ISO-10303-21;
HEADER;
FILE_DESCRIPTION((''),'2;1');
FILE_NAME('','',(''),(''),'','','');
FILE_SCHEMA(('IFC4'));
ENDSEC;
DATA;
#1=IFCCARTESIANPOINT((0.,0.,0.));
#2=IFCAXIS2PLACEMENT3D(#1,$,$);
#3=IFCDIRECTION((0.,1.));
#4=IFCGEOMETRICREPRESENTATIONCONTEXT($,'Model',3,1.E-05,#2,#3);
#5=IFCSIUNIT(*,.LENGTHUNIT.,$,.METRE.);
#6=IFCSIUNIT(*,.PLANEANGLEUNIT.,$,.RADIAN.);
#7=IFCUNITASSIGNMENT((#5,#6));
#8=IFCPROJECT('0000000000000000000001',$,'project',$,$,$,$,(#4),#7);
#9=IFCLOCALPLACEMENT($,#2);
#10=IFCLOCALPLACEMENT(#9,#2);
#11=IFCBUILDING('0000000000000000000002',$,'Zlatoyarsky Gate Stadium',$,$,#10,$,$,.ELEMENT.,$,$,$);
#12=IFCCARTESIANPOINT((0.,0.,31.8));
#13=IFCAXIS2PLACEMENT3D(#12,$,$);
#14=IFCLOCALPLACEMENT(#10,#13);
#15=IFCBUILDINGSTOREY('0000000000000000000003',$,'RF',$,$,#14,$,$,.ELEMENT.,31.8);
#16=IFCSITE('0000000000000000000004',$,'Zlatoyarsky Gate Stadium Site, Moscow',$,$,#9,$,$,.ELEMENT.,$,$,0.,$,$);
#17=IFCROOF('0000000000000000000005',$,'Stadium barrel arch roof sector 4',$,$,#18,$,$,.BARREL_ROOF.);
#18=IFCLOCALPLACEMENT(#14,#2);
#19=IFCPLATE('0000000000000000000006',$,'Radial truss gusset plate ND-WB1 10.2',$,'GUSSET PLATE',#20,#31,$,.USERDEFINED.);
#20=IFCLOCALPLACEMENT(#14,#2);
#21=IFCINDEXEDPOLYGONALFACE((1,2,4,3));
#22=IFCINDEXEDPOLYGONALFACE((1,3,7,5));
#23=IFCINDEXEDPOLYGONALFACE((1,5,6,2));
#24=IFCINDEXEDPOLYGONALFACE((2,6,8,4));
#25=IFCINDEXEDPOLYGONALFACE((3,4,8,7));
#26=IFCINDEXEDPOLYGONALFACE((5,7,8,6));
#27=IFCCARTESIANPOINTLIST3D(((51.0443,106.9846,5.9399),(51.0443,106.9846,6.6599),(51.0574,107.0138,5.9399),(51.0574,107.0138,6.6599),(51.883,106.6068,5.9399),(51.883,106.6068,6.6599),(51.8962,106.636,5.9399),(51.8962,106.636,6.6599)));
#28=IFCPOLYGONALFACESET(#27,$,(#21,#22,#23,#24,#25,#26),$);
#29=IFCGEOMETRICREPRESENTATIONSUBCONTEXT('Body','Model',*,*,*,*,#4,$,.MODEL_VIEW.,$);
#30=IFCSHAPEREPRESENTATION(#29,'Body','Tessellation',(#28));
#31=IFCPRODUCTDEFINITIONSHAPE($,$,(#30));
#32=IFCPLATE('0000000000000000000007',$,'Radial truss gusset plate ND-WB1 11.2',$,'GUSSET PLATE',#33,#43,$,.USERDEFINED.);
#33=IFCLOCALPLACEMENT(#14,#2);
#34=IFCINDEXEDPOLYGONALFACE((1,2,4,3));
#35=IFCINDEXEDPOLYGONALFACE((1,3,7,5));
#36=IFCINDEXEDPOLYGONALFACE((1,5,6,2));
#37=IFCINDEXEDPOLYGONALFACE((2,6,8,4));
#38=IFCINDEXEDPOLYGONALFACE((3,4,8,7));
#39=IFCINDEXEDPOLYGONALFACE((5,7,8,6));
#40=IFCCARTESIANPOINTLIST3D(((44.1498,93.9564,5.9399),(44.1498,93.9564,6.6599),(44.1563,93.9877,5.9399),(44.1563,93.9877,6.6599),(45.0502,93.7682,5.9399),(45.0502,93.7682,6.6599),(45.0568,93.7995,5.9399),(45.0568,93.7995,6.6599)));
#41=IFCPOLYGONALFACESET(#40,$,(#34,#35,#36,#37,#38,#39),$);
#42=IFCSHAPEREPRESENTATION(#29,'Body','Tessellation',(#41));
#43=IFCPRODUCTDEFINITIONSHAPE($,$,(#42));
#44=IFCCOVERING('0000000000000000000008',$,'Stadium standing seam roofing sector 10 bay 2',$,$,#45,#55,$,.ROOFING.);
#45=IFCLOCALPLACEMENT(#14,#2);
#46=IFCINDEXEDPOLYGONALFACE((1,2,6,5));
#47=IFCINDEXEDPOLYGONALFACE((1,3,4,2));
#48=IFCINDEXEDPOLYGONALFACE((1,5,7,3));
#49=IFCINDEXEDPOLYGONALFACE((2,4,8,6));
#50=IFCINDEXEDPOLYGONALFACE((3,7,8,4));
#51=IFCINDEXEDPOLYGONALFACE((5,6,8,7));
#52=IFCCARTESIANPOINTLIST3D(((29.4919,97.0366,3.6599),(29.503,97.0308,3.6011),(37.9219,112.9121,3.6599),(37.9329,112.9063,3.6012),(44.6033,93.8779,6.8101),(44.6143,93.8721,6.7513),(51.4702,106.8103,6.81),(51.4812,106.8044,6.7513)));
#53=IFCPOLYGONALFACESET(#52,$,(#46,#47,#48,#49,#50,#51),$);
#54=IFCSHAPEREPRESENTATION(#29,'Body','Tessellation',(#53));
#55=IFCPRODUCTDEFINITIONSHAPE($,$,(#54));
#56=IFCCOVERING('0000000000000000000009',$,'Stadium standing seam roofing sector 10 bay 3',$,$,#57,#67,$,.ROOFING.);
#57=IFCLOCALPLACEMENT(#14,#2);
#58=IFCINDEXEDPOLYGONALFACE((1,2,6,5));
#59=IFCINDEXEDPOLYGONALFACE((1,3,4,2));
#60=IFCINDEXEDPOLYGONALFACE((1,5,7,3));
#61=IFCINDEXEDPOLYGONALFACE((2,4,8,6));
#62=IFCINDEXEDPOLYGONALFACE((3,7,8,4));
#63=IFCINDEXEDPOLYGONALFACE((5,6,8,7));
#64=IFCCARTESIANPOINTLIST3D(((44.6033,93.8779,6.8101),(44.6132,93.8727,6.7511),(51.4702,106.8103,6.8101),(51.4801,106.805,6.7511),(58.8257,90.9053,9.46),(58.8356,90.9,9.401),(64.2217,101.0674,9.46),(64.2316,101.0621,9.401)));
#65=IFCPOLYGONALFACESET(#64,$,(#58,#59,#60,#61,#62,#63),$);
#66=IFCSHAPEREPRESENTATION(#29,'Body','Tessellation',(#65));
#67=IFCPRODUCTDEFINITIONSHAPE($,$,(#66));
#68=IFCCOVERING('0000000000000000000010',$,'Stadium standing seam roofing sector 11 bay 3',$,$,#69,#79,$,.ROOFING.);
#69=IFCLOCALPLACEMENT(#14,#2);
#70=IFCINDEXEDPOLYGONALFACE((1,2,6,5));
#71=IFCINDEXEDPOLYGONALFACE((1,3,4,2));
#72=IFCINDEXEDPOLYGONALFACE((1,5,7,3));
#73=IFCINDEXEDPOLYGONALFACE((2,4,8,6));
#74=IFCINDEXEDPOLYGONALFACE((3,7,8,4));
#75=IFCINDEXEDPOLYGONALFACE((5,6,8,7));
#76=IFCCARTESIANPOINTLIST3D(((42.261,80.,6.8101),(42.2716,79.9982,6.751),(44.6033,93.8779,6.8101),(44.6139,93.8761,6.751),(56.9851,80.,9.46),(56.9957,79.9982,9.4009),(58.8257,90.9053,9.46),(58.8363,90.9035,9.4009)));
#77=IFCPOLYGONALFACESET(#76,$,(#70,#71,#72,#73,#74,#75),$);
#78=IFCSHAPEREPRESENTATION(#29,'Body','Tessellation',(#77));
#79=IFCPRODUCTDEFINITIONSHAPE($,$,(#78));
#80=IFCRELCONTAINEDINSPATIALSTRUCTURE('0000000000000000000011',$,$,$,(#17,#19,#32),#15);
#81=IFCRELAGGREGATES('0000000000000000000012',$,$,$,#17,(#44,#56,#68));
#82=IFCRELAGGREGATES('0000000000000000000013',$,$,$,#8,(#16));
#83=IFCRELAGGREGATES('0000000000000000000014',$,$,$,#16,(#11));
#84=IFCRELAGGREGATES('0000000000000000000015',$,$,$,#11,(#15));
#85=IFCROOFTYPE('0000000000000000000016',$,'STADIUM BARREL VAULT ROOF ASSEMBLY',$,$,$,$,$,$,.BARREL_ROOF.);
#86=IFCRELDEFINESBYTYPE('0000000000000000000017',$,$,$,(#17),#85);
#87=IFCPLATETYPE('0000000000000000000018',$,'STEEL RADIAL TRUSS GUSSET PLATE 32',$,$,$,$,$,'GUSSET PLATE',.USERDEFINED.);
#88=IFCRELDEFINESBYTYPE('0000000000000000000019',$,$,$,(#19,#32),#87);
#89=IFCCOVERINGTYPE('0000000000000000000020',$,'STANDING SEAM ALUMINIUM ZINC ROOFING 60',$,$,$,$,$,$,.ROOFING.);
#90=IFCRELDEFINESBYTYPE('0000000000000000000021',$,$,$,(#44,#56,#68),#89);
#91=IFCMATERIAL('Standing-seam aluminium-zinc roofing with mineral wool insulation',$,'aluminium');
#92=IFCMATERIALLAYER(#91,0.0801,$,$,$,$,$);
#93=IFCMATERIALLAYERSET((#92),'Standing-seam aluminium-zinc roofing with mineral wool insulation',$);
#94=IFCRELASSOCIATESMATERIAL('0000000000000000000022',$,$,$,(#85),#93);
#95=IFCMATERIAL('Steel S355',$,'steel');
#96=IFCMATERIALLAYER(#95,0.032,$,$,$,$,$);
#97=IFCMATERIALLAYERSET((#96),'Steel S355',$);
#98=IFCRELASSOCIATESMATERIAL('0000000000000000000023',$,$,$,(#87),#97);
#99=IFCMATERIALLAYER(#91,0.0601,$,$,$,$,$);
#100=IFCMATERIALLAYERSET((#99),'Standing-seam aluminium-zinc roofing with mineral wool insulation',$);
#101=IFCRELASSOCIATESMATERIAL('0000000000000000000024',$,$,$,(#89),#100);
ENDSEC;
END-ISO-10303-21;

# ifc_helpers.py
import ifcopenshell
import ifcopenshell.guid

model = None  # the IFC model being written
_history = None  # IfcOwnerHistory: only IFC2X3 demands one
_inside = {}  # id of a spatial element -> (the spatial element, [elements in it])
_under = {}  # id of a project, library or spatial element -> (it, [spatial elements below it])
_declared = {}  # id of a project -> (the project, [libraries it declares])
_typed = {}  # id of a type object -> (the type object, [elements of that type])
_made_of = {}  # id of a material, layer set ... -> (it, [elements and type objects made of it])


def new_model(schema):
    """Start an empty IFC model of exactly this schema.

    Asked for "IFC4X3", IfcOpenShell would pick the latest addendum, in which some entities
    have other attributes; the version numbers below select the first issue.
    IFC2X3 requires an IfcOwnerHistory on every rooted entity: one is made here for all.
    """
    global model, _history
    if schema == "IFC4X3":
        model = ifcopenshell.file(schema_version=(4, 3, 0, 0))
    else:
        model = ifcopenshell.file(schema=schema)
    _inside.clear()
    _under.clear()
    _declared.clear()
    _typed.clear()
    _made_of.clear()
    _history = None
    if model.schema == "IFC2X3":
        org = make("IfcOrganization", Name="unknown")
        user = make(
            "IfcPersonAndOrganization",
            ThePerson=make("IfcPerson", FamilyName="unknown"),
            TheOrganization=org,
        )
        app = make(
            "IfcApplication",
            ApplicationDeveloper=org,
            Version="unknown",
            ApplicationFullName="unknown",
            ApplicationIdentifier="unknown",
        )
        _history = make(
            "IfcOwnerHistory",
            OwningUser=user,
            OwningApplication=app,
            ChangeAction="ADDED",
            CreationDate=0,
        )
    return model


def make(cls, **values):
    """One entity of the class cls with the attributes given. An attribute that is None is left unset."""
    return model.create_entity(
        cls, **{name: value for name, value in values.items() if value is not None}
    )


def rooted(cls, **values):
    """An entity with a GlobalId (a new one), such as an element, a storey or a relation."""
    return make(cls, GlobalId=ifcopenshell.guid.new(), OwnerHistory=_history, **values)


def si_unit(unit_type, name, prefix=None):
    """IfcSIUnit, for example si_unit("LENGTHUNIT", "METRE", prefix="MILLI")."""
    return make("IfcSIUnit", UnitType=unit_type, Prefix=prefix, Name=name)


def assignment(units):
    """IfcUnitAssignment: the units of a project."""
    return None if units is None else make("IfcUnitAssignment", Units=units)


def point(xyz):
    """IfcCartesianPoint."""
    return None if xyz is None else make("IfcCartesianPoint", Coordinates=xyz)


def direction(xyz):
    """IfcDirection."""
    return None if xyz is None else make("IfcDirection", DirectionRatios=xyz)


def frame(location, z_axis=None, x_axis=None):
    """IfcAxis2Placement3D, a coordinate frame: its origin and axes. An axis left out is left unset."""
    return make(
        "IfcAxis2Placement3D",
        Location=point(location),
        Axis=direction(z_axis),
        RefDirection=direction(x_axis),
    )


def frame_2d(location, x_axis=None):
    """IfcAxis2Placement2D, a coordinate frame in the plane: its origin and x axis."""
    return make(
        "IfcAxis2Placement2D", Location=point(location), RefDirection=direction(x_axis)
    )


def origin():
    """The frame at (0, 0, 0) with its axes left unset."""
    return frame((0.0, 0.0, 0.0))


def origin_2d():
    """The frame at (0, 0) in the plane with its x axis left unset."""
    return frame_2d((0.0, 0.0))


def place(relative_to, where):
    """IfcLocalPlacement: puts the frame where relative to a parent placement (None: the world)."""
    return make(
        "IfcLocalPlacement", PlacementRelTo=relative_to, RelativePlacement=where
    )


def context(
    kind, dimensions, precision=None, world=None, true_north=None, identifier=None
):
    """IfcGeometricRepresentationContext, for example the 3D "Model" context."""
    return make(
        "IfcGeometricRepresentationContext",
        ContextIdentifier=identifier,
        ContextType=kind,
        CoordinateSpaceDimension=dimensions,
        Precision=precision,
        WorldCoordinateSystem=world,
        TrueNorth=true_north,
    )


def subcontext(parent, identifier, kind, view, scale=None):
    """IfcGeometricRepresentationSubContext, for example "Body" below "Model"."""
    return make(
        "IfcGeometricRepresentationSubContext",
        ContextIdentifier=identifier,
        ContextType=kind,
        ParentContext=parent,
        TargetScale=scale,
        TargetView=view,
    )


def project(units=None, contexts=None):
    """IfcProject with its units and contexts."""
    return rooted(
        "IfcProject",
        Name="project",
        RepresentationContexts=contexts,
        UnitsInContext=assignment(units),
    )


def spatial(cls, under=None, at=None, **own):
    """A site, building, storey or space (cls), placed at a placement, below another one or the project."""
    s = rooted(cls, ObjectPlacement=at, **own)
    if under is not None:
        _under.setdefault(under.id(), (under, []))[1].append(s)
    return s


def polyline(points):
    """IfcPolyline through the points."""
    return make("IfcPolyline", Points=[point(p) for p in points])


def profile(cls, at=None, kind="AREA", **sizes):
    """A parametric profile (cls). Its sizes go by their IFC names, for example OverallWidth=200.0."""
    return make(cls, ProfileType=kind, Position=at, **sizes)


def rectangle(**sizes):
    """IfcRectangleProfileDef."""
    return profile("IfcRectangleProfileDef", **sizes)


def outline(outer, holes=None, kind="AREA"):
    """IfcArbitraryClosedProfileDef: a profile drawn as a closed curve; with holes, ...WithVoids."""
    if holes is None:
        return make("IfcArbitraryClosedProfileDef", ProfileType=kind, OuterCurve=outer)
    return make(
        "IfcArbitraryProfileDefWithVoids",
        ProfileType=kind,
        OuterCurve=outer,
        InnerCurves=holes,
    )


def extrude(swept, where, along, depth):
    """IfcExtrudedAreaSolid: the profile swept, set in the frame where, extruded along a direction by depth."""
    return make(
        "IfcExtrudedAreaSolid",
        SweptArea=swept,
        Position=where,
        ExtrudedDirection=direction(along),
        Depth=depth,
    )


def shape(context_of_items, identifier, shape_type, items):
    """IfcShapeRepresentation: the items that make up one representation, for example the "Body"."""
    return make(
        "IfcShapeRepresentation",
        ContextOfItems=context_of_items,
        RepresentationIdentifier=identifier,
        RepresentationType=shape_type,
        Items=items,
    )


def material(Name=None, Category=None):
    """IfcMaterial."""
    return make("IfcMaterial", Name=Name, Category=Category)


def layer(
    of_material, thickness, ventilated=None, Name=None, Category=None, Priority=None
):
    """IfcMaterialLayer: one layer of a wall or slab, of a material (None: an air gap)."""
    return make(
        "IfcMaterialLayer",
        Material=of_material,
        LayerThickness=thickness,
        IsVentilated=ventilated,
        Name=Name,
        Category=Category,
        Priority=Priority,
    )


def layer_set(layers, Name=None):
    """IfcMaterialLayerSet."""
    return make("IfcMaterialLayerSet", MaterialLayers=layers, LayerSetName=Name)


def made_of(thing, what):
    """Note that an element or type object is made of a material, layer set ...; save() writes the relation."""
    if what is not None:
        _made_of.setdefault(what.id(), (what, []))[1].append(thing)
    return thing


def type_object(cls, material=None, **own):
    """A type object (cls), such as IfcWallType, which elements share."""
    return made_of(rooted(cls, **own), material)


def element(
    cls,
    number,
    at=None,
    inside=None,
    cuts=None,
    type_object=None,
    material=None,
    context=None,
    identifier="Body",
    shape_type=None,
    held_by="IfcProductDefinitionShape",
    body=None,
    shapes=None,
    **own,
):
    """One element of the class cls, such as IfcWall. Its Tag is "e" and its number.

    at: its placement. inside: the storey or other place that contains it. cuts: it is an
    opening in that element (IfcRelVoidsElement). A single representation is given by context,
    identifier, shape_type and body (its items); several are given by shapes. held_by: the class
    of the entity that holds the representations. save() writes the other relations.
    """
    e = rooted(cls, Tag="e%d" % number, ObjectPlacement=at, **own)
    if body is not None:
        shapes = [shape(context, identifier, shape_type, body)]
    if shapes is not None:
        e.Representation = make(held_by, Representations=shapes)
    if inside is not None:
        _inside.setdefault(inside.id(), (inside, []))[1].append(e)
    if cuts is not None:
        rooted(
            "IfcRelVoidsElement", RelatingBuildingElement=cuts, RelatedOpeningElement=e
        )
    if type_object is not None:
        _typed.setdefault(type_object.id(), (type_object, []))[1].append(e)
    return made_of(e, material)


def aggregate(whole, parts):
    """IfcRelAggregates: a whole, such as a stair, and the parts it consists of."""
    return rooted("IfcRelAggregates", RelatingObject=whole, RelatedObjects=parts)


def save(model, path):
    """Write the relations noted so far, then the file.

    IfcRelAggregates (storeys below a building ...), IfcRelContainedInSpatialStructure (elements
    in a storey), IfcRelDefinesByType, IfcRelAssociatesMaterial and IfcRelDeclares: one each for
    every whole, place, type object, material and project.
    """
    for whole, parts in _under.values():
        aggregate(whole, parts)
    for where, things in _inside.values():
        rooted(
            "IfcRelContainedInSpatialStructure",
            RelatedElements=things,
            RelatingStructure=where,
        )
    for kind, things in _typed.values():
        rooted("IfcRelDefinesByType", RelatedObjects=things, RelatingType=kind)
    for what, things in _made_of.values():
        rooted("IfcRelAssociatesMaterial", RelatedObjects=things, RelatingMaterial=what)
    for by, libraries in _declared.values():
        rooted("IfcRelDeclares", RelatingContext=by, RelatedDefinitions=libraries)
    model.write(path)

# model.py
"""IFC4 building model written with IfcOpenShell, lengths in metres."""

from ifc_helpers import new_model, si_unit, direction, frame, origin, origin_2d, place, context, subcontext, project, spatial, polyline, rectangle, outline, extrude, material, layer, layer_set, type_object, element, aggregate, save


model = new_model("IFC4")

# Units and contexts
model_context = context("Model", 3, precision=1e-05, world=origin(), true_north=direction((0.0, 1.0)))
body_context = subcontext(model_context, "Body", "Model", "MODEL_VIEW")
ifc_project = project(units=[si_unit("LENGTHUNIT", "METRE"), si_unit("PLANEANGLEUNIT", "RADIAN")], contexts=[model_context])

# Site, building, storey
site_placement = place(None, origin())
site = spatial("IfcSite", under=ifc_project, at=site_placement, Name="Zlatoyarsky Gate Stadium Site, Moscow", CompositionType="ELEMENT", RefElevation=0.0)
building_placement = place(site_placement, origin())
building = spatial("IfcBuilding", under=site, at=building_placement, Name="Zlatoyarsky Gate Stadium", CompositionType="ELEMENT")
storey_placement = place(building_placement, frame((0.0, 0.0, 31.8)))
storey = spatial("IfcBuildingStorey", under=building, at=storey_placement, Name="RF", CompositionType="ELEMENT", Elevation=31.8)

# Shared definitions
ifc_material_1 = material(Name="Steel S355", Category="steel")

# Roof
ifc_material_2 = material(Name="Standing-seam aluminium-zinc roofing with mineral wool insulation", Category="aluminium")
ifc_layer_1 = layer(ifc_material_2, 0.0801)
ifc_layer_set_1 = layer_set([ifc_layer_1], Name="Standing-seam aluminium-zinc roofing with mineral wool insulation")
roof_type = type_object("IfcRoofType", Name="STADIUM BARREL VAULT ROOF ASSEMBLY", PredefinedType="BARREL_ROOF", material=ifc_layer_set_1)
roof_placement = place(storey_placement, origin())
roof = element("IfcRoof", 1, at=roof_placement, inside=storey, type_object=roof_type, Name="Stadium barrel arch roof sector 4", PredefinedType="BARREL_ROOF")

# Plates
ifc_layer_2 = layer(ifc_material_1, 0.032)
ifc_layer_set_2 = layer_set([ifc_layer_2], Name="Steel S355")
plate_type_1 = type_object("IfcPlateType", Name="STEEL RADIAL TRUSS GUSSET PLATE 32", ElementType="GUSSET PLATE", PredefinedType="USERDEFINED", material=ifc_layer_set_2)
for number, where, z_axis, x_axis, name in (
    (2, (51.4702, 106.8103, 5.9399), (0.0, 0.0, 1.0), (0.911796, -0.410644, 0.0), "Radial truss gusset plate ND-WB1 10.2"),
    (3, (44.6033, 93.8779, 5.9399), (0.0, 0.0, 1.0), (0.978847, -0.204595, 0.0), "Radial truss gusset plate ND-WB1 11.2"),
):
    element("IfcPlate", number, at=place(storey_placement, frame(where, z_axis=z_axis, x_axis=x_axis)), inside=storey, type_object=plate_type_1, Name=name, ObjectType="GUSSET PLATE", PredefinedType="USERDEFINED", context=body_context, shape_type="SweptSolid", body=[
        extrude(rectangle(XDim=0.9199, YDim=0.032, at=origin_2d()), origin(), (0.0, 0.0, 1.0), 0.72),
    ])

# Coverings
ifc_layer_3 = layer(ifc_material_2, 0.0601)
ifc_layer_set_3 = layer_set([ifc_layer_3], Name="Standing-seam aluminium-zinc roofing with mineral wool insulation")
covering_type = type_object("IfcCoveringType", Name="STANDING SEAM ALUMINIUM ZINC ROOFING 60", PredefinedType="ROOFING", material=ifc_layer_set_3)
covering_1_placement = place(storey_placement, frame((37.9219, 112.9121, 3.6599), z_axis=(-0.183541, 0.09746, 0.978169), x_axis=(-0.468985, -0.883206, -0.000001)))
covering_1 = element("IfcCovering", 4, at=covering_1_placement, type_object=covering_type, Name="Stadium standing seam roofing sector 10 bay 2", PredefinedType="ROOFING", context=body_context, shape_type="SweptSolid", body=[
    extrude(outline(polyline([(0.0, 0.0), (17.9748, 0.0), (13.6776, 15.1587), (-0.9648, 15.1586), (0.0, 0.0)])), origin(), (0.0, 0.0, -1.0), 0.0601),
])
covering_2_placement = place(storey_placement, frame((51.4702, 106.8103, 6.8101), z_axis=(-0.164762, 0.087487, 0.982446), x_axis=(-0.468975, -0.883211, 0.0)))
covering_2 = element("IfcCovering", 5, at=covering_2_placement, type_object=covering_type, Name="Stadium standing seam roofing sector 10 bay 3", PredefinedType="ROOFING", context=body_context, shape_type="SweptSolid", body=[
    extrude(outline(polyline([(0.0, 0.0), (14.6424, 0.0), (10.598, 14.2049), (-0.9079, 14.2049), (0.0, 0.0)])), origin(), (0.0, 0.0, -1.0), 0.0601),
])
covering_3_placement = place(storey_placement, frame((44.6033, 93.8779, 6.8101), z_axis=(-0.177045, 0.029881, 0.983749), x_axis=(-0.166424, -0.986054, 0.0)))
covering_3 = element("IfcCovering", 6, at=covering_3_placement, type_object=covering_type, Name="Stadium standing seam roofing sector 11 bay 3", PredefinedType="ROOFING", context=body_context, shape_type="SweptSolid", body=[
    extrude(outline(polyline([(0.0, 0.0), (14.0742, 0.0), (11.6238, 14.7586), (0.5642, 14.7586), (0.0, 0.0)])), origin(), (0.0, 0.0, -1.0), 0.0601),
])
aggregate(roof, [covering_1, covering_2, covering_3])

save(model, "model.ifc")
